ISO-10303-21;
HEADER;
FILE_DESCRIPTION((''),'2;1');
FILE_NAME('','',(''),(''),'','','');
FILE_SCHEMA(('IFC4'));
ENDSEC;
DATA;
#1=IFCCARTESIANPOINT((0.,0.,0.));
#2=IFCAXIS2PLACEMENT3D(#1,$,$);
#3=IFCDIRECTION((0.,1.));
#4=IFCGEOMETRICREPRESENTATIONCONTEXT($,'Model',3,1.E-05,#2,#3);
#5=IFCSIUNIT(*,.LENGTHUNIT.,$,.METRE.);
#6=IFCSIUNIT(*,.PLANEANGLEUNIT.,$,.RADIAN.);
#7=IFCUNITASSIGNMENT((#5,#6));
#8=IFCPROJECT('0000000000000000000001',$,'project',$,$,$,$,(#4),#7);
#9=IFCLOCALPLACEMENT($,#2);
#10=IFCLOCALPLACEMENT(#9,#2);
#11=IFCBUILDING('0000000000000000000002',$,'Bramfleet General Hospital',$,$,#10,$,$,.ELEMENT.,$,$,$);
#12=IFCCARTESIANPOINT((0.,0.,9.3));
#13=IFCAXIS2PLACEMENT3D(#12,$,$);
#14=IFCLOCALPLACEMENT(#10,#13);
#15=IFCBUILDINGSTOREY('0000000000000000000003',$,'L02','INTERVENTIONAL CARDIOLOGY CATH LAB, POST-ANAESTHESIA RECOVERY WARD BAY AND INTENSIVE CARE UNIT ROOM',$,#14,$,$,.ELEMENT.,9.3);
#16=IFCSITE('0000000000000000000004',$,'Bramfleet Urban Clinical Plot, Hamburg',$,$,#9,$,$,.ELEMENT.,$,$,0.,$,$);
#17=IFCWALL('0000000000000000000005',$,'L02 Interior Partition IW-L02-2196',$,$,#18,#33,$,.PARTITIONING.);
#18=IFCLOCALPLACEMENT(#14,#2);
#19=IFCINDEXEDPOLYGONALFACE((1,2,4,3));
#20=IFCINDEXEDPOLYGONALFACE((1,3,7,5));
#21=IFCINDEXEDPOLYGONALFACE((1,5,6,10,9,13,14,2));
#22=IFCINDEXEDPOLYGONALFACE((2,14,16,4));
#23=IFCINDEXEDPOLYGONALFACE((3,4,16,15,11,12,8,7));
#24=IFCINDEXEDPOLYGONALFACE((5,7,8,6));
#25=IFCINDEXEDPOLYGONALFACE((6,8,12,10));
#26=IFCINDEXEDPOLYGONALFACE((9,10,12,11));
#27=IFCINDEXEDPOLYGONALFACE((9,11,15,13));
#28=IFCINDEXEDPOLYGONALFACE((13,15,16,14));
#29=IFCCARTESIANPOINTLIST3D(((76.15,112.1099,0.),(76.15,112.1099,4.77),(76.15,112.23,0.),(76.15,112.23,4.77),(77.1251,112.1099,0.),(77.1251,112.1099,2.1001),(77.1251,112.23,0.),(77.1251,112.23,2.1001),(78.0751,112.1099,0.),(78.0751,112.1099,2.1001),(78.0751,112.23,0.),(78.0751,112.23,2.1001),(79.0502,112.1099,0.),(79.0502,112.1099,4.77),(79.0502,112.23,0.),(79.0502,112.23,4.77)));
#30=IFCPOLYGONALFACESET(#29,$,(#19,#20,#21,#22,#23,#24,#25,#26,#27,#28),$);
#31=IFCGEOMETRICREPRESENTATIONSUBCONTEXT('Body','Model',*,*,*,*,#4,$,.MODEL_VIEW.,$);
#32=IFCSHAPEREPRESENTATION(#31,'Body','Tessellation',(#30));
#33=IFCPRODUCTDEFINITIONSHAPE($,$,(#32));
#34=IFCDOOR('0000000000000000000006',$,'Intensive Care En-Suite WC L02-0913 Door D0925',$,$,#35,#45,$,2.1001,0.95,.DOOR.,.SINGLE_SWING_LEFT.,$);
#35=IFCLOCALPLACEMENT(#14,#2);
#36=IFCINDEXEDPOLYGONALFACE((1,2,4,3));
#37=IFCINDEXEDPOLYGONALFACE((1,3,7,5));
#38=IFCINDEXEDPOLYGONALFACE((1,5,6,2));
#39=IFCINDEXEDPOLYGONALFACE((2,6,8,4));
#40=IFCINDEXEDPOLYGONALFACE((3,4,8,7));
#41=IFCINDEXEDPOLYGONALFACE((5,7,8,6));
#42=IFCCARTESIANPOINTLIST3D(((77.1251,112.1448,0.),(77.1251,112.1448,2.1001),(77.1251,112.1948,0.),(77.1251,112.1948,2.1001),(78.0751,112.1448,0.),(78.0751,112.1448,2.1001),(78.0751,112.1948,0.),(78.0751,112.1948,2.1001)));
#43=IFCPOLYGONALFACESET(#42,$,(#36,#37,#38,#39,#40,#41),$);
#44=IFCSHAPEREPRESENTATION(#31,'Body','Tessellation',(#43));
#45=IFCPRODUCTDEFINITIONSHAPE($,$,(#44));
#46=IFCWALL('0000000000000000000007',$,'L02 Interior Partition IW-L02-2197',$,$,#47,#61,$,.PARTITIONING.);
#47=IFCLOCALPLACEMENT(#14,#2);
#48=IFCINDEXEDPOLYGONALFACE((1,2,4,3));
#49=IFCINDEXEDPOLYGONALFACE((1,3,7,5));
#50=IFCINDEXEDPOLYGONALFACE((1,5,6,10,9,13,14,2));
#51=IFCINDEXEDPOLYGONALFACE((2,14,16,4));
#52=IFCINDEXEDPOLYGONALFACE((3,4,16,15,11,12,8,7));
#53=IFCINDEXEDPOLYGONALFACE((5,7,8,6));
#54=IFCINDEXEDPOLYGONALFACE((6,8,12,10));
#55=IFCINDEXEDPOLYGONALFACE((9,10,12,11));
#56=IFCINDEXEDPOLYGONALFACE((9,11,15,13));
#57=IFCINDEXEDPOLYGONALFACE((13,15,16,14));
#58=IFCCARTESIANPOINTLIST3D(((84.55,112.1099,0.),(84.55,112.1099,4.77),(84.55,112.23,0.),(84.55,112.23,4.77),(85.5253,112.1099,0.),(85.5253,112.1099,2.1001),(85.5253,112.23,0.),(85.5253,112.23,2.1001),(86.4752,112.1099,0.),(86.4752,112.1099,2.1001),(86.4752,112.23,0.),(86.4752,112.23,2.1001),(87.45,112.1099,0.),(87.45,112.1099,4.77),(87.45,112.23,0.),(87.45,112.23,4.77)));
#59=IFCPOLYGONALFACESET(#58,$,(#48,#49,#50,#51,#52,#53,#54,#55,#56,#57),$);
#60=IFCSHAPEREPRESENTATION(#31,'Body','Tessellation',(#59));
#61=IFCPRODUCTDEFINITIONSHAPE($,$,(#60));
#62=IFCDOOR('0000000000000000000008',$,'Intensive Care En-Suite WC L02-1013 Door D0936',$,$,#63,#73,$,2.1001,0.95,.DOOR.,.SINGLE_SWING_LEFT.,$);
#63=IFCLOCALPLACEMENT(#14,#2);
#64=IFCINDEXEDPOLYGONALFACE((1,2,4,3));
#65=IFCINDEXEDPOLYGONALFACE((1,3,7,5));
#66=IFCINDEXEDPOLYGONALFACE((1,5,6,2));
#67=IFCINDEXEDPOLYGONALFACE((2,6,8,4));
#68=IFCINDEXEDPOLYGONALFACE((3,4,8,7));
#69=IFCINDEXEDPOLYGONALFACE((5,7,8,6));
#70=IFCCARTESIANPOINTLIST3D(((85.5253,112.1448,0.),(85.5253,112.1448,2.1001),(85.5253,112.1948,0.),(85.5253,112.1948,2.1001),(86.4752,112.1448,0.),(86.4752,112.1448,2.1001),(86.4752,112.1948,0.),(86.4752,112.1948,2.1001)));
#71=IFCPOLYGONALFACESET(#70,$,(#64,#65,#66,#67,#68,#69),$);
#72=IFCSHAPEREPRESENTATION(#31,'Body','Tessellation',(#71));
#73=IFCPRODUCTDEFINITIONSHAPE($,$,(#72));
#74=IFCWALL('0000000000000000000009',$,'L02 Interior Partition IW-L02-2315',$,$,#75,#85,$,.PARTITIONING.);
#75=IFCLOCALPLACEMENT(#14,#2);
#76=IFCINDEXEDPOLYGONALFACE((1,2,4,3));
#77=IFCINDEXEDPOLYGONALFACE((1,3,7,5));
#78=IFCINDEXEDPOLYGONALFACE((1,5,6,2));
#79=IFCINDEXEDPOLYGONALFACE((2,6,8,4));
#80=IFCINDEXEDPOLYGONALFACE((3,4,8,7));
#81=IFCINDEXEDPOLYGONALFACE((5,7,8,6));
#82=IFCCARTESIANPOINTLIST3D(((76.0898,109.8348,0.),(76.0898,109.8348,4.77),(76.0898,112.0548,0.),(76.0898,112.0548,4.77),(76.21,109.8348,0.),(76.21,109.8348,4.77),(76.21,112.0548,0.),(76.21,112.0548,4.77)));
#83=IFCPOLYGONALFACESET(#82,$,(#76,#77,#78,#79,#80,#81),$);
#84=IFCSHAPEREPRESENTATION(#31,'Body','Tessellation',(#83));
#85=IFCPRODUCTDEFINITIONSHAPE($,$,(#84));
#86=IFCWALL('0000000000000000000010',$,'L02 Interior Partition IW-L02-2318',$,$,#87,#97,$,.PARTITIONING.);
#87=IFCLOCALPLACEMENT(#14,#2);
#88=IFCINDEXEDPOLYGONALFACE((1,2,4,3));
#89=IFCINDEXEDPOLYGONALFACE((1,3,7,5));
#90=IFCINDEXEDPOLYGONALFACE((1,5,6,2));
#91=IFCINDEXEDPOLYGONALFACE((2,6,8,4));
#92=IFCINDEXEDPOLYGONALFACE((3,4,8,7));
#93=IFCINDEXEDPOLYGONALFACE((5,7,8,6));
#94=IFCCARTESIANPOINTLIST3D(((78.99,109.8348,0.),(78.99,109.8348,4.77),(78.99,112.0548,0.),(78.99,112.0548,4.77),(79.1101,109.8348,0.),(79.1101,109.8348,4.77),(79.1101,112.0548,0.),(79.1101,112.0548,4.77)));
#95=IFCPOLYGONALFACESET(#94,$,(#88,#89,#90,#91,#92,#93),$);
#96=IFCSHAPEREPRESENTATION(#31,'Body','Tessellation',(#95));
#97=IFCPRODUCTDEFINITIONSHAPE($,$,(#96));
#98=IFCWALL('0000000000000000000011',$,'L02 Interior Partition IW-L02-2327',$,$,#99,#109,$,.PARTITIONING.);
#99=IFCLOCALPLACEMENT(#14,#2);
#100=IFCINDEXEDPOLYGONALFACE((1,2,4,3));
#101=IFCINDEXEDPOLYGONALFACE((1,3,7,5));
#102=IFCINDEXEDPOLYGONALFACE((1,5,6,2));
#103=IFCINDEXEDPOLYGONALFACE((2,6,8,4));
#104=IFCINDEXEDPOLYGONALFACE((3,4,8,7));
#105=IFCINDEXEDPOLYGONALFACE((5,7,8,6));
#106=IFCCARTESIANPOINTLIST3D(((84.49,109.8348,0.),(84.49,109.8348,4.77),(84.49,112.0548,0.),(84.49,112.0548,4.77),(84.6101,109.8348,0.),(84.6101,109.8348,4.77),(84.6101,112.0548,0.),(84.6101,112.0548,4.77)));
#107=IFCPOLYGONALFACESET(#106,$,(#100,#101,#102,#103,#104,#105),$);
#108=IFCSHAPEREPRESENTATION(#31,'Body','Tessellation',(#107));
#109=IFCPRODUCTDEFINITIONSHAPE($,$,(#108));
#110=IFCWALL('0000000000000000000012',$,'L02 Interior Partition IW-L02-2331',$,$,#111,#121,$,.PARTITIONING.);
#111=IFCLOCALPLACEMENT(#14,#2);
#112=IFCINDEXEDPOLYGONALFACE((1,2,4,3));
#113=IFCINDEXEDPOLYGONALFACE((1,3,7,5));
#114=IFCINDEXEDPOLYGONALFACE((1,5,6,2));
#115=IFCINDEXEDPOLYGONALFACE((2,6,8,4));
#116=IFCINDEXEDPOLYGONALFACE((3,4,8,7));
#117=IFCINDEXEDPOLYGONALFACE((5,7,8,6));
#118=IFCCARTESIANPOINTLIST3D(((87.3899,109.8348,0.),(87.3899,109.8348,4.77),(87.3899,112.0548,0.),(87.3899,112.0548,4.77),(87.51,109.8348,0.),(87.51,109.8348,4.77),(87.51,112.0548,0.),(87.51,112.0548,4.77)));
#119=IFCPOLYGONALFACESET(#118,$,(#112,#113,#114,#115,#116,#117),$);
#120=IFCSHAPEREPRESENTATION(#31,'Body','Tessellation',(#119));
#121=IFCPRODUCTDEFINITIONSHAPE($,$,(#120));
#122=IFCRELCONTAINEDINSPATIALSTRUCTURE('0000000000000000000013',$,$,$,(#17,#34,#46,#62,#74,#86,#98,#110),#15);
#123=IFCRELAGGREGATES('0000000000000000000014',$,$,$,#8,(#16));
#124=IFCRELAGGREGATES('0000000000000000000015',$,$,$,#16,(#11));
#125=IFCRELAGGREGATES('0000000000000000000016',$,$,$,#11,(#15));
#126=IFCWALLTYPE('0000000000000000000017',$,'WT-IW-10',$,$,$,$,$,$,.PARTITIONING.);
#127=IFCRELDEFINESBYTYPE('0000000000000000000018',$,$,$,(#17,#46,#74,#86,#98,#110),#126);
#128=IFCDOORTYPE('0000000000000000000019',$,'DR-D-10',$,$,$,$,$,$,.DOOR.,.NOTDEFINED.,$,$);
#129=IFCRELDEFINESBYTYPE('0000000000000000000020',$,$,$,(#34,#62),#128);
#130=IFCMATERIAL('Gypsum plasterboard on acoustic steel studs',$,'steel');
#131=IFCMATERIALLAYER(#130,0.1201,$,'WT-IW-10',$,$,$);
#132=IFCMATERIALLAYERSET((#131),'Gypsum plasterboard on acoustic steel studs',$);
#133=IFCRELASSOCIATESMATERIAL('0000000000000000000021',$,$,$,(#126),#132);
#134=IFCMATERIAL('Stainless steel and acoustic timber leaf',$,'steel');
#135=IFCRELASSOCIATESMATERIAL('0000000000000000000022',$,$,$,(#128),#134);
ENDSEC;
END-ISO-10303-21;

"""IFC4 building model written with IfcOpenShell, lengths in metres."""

from ifc_helpers import new_model, si_unit, direction, frame, frame_2d, origin, place, context, subcontext, project, spatial, rectangle, extrude, material, layer, layer_set, type_object, element, fill, save


model = new_model("IFC4")

# Units and contexts
model_context = context("Model", 3, precision=1e-05, world=origin(), true_north=direction((0.0, 1.0)))
body_context = subcontext(model_context, "Body", "Model", "MODEL_VIEW")
ifc_project = project(units=[si_unit("LENGTHUNIT", "METRE"), si_unit("PLANEANGLEUNIT", "RADIAN")], contexts=[model_context])

# Site, building, storey
site_placement = place(None, origin())
site = spatial("IfcSite", under=ifc_project, at=site_placement, Name="Bramfleet Urban Clinical Plot, Hamburg", CompositionType="ELEMENT", RefElevation=0.0)
building_placement = place(site_placement, origin())
building = spatial("IfcBuilding", under=site, at=building_placement, Name="Bramfleet General Hospital", CompositionType="ELEMENT")
storey_placement = place(building_placement, frame((0.0, 0.0, 9.3)))
storey = spatial("IfcBuildingStorey", under=building, at=storey_placement, Name="L02", Description="INTERVENTIONAL CARDIOLOGY CATH LAB, POST-ANAESTHESIA RECOVERY WARD BAY AND INTENSIVE CARE UNIT ROOM", CompositionType="ELEMENT", Elevation=9.3)

# Shared definitions
ifc_material_1 = material(Name="Gypsum plasterboard on acoustic steel studs", Category="steel")
ifc_material_2 = material(Name="Stainless steel and acoustic timber leaf", Category="steel")

# Shared definitions
ifc_layer_1 = layer(ifc_material_1, 0.1201, Name="WT-IW-10")
ifc_layer_set_1 = layer_set([ifc_layer_1], Name="Gypsum plasterboard on acoustic steel studs")
wall_type_1 = type_object("IfcWallType", Name="WT-IW-10", PredefinedType="PARTITIONING", material=ifc_layer_set_1)

# Walls, openings, doors
wall_1_placement = place(storey_placement, frame((76.1499, 112.1699, 0.0), z_axis=(0.0, 0.0, 1.0), x_axis=(1.0, 0.0, 0.0)))
wall_1 = element("IfcWall", 1, at=wall_1_placement, inside=storey, type_object=wall_type_1, Name="L02 Interior Partition IW-L02-2196", PredefinedType="PARTITIONING", context=body_context, shape_type="SweptSolid", body=[
    extrude(rectangle(XDim=2.9001, YDim=0.1201, at=frame_2d((1.4502, 0.0))), origin(), (0.0, 0.0, 1.0), 4.77),
])
opening_1_placement = place(wall_1_placement, frame((0.9751, 0.0, 0.0)))
opening_1 = element("IfcOpeningElement", 2, at=opening_1_placement, cuts=wall_1, PredefinedType="OPENING", context=body_context, shape_type="SweptSolid", body=[
    extrude(rectangle(XDim=0.95, YDim=2.1001, at=frame_2d((0.4751, 1.05))), frame((0.0, 0.0701, 0.0), z_axis=(0.0, -1.0, 0.0), x_axis=(1.0, 0.0, 0.0)), (0.0, 0.0, 1.0), 0.1401),
])
door_type_1 = type_object("IfcDoorType", Name="DR-D-10", OperationType="NOTDEFINED", PredefinedType="DOOR", material=ifc_material_2)
door_1_placement = place(opening_1_placement, origin())
door_1 = element("IfcDoor", 3, at=door_1_placement, inside=storey, type_object=door_type_1, Name="Intensive Care En-Suite WC L02-0913 Door D0925", OperationType="SINGLE_SWING_LEFT", OverallHeight=2.1001, OverallWidth=0.95, PredefinedType="DOOR", context=body_context, shape_type="SweptSolid", body=[
    extrude(rectangle(XDim=0.95, YDim=2.1001, at=frame_2d((0.4751, 1.05))), frame((0.0, 0.0249, 0.0), z_axis=(0.0, -1.0, 0.0), x_axis=(1.0, 0.0, 0.0)), (0.0, 0.0, 1.0), 0.05),
])
fill(opening_1, door_1)
wall_2_placement = place(storey_placement, frame((84.55, 112.1699, 0.0), z_axis=(0.0, 0.0, 1.0), x_axis=(1.0, 0.0, 0.0)))
wall_2 = element("IfcWall", 4, at=wall_2_placement, inside=storey, type_object=wall_type_1, Name="L02 Interior Partition IW-L02-2197", PredefinedType="PARTITIONING", context=body_context, shape_type="SweptSolid", body=[
    extrude(rectangle(XDim=2.8999, YDim=0.1201, at=frame_2d((1.45, 0.0))), origin(), (0.0, 0.0, 1.0), 4.77),
])
opening_2_placement = place(wall_2_placement, frame((0.9751, 0.0, 0.0)))
opening_2 = element("IfcOpeningElement", 5, at=opening_2_placement, cuts=wall_2, PredefinedType="OPENING", context=body_context, shape_type="SweptSolid", body=[
    extrude(rectangle(XDim=0.95, YDim=2.1001, at=frame_2d((0.4751, 1.05))), frame((0.0, 0.0701, 0.0), z_axis=(0.0, -1.0, 0.0), x_axis=(1.0, 0.0, 0.0)), (0.0, 0.0, 1.0), 0.1401),
])
door_2_placement = place(opening_2_placement, origin())
door_2 = element("IfcDoor", 6, at=door_2_placement, inside=storey, type_object=door_type_1, Name="Intensive Care En-Suite WC L02-1013 Door D0936", OperationType="SINGLE_SWING_LEFT", OverallHeight=2.1001, OverallWidth=0.95, PredefinedType="DOOR", context=body_context, shape_type="SweptSolid", body=[
    extrude(rectangle(XDim=0.95, YDim=2.1001, at=frame_2d((0.4751, 1.05))), frame((0.0, 0.0249, 0.0), z_axis=(0.0, -1.0, 0.0), x_axis=(1.0, 0.0, 0.0)), (0.0, 0.0, 1.0), 0.05),
])
fill(opening_2, door_2)

# Walls
for number, where, z_axis, x_axis, name in (
    (7, (76.1499, 109.835, 0.0), (0.0, 0.0, 1.0), (0.0, 1.0, 0.0), "L02 Interior Partition IW-L02-2315"),
    (8, (79.05, 109.835, 0.0), (0.0, 0.0, 1.0), (0.0, 1.0, 0.0), "L02 Interior Partition IW-L02-2318"),
    (9, (84.55, 109.835, 0.0), (0.0, 0.0, 1.0), (0.0, 1.0, 0.0), "L02 Interior Partition IW-L02-2327"),
    (10, (87.45, 109.835, 0.0), (0.0, 0.0, 1.0), (0.0, 1.0, 0.0), "L02 Interior Partition IW-L02-2331"),
):
    element("IfcWall", number, at=place(storey_placement, frame(where, z_axis=z_axis, x_axis=x_axis)), inside=storey, type_object=wall_type_1, Name=name, PredefinedType="PARTITIONING", context=body_context, shape_type="SweptSolid", body=[
        extrude(rectangle(XDim=2.22, YDim=0.1201, at=frame_2d((1.1099, 0.0))), origin(), (0.0, 0.0, 1.0), 4.77),
    ])

save(model, "model.ifc")
